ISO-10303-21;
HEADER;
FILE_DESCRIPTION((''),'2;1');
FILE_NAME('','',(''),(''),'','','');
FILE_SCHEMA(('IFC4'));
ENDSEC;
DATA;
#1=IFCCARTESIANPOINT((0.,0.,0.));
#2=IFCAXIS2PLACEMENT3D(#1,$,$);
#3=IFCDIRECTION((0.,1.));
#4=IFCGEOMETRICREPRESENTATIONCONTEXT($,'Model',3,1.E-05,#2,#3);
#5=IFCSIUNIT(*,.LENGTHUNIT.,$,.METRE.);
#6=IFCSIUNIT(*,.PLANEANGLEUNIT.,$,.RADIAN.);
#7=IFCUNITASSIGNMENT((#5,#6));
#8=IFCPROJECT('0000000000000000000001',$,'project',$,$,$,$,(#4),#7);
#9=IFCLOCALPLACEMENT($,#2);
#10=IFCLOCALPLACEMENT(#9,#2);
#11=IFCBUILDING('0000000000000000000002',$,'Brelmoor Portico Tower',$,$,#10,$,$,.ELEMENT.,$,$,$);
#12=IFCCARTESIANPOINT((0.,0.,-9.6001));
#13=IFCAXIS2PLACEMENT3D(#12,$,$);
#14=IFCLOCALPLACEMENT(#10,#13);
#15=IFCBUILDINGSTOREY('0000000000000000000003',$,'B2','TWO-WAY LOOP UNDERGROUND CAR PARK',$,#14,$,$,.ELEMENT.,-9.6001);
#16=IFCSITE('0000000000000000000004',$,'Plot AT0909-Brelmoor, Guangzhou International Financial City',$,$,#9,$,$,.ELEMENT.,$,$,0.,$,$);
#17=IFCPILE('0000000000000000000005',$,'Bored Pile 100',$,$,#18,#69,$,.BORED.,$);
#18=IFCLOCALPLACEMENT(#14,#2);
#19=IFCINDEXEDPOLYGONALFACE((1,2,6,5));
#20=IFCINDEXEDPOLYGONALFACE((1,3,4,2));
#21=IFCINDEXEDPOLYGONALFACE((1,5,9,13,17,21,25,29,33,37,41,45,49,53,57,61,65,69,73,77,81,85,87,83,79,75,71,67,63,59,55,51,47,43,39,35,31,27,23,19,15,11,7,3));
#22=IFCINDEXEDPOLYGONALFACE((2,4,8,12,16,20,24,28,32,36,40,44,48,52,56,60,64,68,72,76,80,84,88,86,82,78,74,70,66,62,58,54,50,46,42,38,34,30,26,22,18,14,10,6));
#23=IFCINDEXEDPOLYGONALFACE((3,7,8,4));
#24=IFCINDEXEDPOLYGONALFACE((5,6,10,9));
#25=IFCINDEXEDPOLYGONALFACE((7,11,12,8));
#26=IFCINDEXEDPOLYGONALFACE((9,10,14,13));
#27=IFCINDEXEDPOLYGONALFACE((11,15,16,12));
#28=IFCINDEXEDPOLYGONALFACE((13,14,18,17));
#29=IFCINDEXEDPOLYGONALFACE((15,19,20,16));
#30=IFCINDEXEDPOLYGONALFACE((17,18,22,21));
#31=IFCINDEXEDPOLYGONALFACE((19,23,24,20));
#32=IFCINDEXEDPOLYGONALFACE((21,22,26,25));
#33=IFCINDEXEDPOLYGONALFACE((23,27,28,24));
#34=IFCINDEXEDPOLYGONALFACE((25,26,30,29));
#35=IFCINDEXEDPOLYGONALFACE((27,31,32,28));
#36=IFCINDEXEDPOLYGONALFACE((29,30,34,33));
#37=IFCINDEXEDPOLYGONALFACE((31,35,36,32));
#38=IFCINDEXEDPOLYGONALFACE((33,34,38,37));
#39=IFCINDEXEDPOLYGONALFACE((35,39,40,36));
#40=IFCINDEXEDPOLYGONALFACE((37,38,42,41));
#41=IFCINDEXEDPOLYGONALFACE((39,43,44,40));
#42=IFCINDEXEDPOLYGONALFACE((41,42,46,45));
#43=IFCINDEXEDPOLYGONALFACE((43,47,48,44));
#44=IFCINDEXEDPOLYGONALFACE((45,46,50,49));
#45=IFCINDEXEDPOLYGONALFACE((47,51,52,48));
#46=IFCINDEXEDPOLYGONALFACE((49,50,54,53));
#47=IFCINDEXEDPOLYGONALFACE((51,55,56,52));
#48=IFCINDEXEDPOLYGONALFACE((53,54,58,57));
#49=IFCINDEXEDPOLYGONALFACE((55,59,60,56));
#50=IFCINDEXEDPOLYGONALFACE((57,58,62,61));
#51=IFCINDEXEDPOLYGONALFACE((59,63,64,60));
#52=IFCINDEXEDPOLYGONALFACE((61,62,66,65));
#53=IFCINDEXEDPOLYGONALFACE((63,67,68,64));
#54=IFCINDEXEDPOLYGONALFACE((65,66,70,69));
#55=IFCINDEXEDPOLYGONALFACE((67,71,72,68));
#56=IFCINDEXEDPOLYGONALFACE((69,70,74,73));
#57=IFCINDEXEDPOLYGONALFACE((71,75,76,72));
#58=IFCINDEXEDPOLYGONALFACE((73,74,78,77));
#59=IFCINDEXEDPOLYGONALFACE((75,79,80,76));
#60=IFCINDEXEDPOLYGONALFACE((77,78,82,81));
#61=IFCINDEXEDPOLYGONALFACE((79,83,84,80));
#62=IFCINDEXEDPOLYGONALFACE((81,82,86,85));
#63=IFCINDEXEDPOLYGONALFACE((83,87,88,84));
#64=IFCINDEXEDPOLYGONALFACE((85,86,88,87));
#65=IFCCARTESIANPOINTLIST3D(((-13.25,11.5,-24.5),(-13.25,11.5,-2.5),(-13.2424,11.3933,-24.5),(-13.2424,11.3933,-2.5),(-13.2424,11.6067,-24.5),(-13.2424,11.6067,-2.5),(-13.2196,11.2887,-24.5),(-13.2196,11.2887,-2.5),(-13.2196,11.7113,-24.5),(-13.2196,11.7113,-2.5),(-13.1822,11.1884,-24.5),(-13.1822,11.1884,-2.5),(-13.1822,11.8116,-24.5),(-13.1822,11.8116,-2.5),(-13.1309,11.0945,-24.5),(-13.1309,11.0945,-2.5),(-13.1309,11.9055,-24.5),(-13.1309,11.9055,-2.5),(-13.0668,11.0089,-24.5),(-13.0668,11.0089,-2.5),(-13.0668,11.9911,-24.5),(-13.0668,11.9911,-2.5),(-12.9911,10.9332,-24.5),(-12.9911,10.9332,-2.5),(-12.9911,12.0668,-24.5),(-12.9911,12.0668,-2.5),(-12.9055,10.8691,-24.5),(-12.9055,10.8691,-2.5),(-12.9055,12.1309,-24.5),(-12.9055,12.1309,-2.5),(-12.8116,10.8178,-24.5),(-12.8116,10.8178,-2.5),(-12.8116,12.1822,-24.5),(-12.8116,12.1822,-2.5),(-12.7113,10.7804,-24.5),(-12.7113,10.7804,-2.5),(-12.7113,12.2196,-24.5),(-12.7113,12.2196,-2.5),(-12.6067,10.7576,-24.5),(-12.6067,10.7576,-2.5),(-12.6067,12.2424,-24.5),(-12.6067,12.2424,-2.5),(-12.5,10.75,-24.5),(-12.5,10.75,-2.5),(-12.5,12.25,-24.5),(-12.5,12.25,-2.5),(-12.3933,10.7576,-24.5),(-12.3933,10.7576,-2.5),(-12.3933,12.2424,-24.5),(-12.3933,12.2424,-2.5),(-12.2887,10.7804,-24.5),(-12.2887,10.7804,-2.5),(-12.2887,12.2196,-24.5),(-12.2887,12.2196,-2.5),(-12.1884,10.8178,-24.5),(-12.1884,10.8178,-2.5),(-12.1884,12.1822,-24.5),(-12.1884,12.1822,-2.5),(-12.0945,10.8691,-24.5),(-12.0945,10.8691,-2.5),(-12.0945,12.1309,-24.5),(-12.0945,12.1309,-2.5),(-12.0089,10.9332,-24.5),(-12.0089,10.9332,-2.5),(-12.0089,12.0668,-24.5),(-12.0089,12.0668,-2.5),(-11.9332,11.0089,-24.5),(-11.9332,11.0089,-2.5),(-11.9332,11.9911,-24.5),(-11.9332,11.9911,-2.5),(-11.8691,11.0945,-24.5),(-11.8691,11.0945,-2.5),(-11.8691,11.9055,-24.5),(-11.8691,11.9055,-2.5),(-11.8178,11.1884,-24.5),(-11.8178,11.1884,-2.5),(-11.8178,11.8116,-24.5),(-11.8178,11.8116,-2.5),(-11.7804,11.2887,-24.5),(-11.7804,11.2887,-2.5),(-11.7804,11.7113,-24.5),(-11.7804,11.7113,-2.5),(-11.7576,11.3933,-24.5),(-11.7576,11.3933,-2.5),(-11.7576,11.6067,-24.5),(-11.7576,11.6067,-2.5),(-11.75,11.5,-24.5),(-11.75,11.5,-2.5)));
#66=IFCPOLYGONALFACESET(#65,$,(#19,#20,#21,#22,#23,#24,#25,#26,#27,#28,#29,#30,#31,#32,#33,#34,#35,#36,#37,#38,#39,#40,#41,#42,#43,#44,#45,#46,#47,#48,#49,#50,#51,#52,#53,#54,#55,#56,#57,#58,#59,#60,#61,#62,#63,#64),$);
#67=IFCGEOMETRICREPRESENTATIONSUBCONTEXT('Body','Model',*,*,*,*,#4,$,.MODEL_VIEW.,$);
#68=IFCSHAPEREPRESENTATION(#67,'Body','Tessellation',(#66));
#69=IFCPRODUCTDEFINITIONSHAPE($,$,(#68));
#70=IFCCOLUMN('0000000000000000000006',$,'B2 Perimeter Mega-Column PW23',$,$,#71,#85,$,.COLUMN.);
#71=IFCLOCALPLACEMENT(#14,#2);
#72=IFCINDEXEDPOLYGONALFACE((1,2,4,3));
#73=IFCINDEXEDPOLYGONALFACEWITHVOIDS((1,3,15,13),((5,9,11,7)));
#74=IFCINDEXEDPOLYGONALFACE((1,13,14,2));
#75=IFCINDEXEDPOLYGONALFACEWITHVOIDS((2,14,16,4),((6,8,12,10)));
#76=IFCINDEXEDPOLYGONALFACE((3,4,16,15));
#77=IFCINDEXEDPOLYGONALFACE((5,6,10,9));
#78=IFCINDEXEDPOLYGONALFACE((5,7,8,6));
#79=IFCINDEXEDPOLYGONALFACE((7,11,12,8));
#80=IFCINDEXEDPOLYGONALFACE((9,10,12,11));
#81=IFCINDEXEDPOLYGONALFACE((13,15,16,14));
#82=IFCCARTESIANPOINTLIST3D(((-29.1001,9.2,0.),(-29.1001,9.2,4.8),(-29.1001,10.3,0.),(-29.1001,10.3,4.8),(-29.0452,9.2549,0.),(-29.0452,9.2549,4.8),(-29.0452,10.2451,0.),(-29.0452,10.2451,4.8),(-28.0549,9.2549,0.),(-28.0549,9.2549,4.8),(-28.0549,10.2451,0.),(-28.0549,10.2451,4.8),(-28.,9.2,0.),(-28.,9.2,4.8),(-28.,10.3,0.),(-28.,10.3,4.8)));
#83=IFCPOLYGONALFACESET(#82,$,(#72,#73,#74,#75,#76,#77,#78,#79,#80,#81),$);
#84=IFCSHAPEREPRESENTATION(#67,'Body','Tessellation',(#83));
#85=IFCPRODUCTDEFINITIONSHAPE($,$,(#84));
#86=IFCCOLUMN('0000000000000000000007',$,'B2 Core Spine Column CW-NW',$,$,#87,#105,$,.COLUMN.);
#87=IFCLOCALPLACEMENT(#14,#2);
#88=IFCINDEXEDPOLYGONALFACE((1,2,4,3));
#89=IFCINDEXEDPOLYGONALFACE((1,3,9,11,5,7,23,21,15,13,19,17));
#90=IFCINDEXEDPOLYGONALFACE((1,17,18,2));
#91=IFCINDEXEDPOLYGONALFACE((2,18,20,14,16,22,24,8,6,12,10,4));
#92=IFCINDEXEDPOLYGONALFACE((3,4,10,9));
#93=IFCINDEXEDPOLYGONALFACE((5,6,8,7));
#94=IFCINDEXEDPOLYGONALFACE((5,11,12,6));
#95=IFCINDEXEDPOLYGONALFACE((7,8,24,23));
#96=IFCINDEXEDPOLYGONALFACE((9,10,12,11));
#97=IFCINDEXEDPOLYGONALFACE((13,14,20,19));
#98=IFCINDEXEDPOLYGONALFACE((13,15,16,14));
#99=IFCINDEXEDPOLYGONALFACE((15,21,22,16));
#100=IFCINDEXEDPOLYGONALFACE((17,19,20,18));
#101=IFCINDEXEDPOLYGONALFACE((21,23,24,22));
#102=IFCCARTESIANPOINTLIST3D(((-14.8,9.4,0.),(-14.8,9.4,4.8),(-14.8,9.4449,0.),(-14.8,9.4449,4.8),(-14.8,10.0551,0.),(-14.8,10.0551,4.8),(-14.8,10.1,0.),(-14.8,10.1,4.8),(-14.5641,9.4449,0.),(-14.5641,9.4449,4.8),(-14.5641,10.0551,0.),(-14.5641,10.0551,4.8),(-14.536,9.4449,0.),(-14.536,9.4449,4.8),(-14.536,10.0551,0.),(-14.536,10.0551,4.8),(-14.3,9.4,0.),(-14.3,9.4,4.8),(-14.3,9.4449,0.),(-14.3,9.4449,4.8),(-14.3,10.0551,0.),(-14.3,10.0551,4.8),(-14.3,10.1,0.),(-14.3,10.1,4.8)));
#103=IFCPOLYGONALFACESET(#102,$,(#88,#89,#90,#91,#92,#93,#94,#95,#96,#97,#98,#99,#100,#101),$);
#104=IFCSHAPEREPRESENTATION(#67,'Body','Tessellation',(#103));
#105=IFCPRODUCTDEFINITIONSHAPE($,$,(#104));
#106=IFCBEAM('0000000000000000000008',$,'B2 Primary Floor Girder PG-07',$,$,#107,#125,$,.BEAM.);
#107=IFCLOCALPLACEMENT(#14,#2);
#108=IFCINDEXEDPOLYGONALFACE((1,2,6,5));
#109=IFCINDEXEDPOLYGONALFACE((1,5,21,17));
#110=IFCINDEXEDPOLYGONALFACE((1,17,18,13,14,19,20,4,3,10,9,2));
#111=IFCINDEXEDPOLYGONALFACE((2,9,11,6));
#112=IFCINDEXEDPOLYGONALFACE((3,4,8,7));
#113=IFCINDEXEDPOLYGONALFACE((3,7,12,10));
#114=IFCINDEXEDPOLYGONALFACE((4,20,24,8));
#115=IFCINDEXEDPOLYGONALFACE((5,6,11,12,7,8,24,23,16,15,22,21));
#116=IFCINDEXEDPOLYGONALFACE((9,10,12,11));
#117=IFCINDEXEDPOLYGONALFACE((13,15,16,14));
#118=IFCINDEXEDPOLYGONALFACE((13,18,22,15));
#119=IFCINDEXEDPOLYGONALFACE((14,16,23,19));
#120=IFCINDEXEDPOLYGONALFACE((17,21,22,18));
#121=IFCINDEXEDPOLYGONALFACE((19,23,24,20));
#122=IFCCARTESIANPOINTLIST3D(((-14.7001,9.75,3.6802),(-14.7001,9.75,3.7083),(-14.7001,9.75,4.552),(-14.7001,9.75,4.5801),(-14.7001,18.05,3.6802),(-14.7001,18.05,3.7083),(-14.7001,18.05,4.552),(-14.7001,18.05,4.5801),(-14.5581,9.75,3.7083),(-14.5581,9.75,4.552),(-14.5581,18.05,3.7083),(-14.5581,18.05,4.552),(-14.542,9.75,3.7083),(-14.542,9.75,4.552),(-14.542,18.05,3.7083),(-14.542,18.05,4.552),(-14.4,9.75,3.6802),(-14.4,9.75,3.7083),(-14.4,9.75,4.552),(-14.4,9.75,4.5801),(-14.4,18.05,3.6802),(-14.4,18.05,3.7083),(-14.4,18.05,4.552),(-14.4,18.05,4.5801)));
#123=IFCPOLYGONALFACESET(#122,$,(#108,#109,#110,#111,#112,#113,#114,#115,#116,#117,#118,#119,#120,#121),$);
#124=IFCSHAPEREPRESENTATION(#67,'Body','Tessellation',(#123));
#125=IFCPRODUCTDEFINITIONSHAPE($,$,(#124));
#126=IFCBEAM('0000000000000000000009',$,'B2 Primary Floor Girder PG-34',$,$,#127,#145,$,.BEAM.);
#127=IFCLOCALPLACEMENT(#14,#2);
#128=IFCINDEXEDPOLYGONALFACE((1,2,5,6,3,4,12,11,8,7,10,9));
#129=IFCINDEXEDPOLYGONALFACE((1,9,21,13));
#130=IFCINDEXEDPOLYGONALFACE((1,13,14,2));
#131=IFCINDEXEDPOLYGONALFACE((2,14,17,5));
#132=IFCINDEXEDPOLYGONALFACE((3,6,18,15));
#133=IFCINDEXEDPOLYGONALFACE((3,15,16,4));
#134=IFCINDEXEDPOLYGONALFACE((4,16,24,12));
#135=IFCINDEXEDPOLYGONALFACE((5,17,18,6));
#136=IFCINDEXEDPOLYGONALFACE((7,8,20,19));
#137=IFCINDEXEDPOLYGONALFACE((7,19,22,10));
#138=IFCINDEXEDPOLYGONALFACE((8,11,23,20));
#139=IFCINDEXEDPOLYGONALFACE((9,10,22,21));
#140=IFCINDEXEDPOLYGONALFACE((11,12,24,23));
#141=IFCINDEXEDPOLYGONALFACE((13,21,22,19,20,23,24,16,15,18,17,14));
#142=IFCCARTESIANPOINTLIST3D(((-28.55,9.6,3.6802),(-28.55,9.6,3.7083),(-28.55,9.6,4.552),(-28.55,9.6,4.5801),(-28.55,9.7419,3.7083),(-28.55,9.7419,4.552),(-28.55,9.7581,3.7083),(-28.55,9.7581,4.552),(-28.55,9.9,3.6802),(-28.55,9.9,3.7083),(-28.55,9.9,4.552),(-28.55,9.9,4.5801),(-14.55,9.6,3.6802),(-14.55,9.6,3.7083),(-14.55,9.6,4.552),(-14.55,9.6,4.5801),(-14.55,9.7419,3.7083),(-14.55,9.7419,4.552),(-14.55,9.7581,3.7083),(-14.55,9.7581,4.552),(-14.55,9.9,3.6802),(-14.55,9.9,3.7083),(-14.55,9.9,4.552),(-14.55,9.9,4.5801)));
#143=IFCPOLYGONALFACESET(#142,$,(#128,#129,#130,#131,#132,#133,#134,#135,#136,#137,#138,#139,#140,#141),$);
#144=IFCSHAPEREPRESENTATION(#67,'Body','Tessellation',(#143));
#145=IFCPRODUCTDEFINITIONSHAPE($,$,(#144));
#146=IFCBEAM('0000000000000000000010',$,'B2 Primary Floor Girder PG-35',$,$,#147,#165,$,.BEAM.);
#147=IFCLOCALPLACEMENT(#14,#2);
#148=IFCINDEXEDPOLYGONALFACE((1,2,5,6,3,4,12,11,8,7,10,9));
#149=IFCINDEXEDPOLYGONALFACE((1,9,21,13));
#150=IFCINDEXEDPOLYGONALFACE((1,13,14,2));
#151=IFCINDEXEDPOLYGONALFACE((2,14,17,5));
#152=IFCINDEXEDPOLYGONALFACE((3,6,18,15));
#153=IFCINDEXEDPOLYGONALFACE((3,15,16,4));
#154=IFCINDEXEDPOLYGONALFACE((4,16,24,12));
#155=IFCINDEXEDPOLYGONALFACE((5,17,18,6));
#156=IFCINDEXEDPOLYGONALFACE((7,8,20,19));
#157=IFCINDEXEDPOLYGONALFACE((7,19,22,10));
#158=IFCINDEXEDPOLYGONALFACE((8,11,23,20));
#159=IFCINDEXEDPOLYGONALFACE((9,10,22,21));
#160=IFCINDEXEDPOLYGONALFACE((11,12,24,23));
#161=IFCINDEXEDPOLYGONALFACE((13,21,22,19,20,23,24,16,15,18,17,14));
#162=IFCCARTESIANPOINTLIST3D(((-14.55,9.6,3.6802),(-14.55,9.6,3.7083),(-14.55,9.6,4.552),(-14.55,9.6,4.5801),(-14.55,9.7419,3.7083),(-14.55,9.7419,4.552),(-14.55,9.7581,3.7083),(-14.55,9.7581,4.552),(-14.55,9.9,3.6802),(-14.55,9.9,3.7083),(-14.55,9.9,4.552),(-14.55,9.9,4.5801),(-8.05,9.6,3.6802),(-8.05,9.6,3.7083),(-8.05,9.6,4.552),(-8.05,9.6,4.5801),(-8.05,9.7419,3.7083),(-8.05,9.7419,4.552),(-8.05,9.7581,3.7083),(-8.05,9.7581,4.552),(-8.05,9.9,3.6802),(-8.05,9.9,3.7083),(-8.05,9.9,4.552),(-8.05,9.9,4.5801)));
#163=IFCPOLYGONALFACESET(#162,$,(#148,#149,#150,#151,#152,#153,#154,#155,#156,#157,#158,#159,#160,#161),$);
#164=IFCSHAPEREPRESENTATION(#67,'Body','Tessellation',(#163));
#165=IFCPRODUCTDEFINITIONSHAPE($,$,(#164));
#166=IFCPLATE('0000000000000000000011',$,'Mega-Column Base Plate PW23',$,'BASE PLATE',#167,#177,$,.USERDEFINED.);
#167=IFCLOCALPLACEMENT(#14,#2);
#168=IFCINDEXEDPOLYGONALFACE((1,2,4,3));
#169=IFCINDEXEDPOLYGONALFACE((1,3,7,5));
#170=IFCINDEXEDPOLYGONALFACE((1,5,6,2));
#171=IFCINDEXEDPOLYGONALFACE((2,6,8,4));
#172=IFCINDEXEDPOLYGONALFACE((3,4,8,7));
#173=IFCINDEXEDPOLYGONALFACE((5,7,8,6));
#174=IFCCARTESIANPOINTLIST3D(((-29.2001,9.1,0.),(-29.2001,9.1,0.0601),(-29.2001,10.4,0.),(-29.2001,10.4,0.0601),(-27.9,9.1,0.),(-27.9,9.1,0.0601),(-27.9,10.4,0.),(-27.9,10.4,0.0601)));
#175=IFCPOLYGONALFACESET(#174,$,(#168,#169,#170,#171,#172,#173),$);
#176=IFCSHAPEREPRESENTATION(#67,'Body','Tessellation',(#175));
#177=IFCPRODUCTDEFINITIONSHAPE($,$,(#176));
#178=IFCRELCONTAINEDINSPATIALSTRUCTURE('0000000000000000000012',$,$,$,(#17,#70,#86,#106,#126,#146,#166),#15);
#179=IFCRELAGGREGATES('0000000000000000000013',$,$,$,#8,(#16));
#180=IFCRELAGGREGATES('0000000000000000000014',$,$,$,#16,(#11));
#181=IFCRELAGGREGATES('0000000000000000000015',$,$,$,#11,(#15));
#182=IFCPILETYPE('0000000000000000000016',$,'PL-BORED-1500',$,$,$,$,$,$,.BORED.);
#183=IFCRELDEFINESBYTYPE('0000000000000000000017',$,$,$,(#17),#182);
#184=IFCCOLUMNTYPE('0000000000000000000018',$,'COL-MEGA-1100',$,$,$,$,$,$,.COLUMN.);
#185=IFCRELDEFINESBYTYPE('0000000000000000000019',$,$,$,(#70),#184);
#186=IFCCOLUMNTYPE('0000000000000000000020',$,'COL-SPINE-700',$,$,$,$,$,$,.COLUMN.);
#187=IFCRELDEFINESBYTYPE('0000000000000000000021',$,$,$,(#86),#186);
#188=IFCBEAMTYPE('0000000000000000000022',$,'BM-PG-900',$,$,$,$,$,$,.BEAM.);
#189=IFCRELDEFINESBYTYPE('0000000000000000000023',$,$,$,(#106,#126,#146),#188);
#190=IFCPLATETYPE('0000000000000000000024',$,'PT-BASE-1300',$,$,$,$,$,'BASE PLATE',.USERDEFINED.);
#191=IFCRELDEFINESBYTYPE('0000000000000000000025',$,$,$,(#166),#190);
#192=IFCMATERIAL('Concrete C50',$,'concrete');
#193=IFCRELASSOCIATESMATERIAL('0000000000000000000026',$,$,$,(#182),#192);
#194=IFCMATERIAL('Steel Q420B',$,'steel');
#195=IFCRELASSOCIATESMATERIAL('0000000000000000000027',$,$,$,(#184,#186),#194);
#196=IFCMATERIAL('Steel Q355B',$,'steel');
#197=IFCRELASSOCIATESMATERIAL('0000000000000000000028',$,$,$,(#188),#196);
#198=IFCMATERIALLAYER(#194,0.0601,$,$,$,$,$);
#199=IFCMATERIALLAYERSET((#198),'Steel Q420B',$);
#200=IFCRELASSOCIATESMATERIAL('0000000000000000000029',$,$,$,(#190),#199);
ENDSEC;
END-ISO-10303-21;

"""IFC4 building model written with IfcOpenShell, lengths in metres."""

from ifc_helpers import new_model, si_unit, direction, frame, origin, origin_2d, place, context, subcontext, project, spatial, rectangle, hollow_rectangle, circle, i_section, extrude, material, layer, layer_set, material_profile, profile_set, type_object, element, save


model = new_model("IFC4")

# Units and contexts
model_context = context("Model", 3, precision=1e-05, world=origin(), true_north=direction((0.0, 1.0)))
body_context = subcontext(model_context, "Body", "Model", "MODEL_VIEW")
ifc_project = project(units=[si_unit("LENGTHUNIT", "METRE"), si_unit("PLANEANGLEUNIT", "RADIAN")], contexts=[model_context])

# Site, building, storey
site_placement = place(None, origin())
site = spatial("IfcSite", under=ifc_project, at=site_placement, Name="Plot AT0909-Brelmoor, Guangzhou International Financial City", CompositionType="ELEMENT", RefElevation=0.0)
building_placement = place(site_placement, origin())
building = spatial("IfcBuilding", under=site, at=building_placement, Name="Brelmoor Portico Tower", CompositionType="ELEMENT")
storey_placement = place(building_placement, frame((0.0, 0.0, -9.6001)))
storey = spatial("IfcBuildingStorey", under=building, at=storey_placement, Name="B2", Description="TWO-WAY LOOP UNDERGROUND CAR PARK", CompositionType="ELEMENT", Elevation=-9.6001)

# Pile
ifc_material_1 = material(Name="Concrete C50", Category="concrete")
ifc_material_profile_1 = material_profile(ifc_material_1, circle(Radius=0.75, at=origin_2d()), Name="BORED PILE D1500")
ifc_profile_set_1 = profile_set([ifc_material_profile_1], Name="Concrete C50")
pile_type_1 = type_object("IfcPileType", Name="PL-BORED-1500", PredefinedType="BORED", material=ifc_profile_set_1)
for number, where, z_axis, x_axis, name in (
    (1, (-12.5, 11.5, -2.5), (0.0, 0.0, -1.0), (1.0, 0.0, 0.0), "Bored Pile 100"),
):
    element("IfcPile", number, at=place(storey_placement, frame(where, z_axis=z_axis, x_axis=x_axis)), inside=storey, type_object=pile_type_1, Name=name, PredefinedType="BORED", context=body_context, shape_type="SweptSolid", body=[
        extrude(circle(Radius=0.75, at=origin_2d()), origin(), (0.0, 0.0, 1.0), 22.0),
    ])

# Columns
ifc_material_2 = material(Name="Steel Q420B", Category="steel")
ifc_material_profile_2 = material_profile(ifc_material_2, hollow_rectangle(XDim=1.1001, YDim=1.1001, WallThickness=0.0549, at=origin_2d()), Name="BOX 1100x1100x55")
ifc_profile_set_2 = profile_set([ifc_material_profile_2], Name="Steel Q420B")
column_type_1 = type_object("IfcColumnType", Name="COL-MEGA-1100", PredefinedType="COLUMN", material=ifc_profile_set_2)
column_1_placement = place(storey_placement, frame((-28.55, 9.75, 0.0), z_axis=(0.0, 0.0, 1.0), x_axis=(0.0, 1.0, 0.0)))
element("IfcColumn", 2, at=column_1_placement, inside=storey, type_object=column_type_1, Name="B2 Perimeter Mega-Column PW23", PredefinedType="COLUMN", context=body_context, shape_type="SweptSolid", body=[
    extrude(hollow_rectangle(XDim=1.1001, YDim=1.1001, WallThickness=0.0549, at=origin_2d()), origin(), (0.0, 0.0, 1.0), 4.8),
])
ifc_material_profile_3 = material_profile(ifc_material_2, i_section(OverallWidth=0.5, OverallDepth=0.7, WebThickness=0.0281, FlangeThickness=0.0449, at=origin_2d()), Name="HW 700x500x28x45")
ifc_profile_set_3 = profile_set([ifc_material_profile_3], Name="Steel Q420B")
column_type_2 = type_object("IfcColumnType", Name="COL-SPINE-700", PredefinedType="COLUMN", material=ifc_profile_set_3)
column_2_placement = place(storey_placement, frame((-14.55, 9.75, 0.0), z_axis=(0.0, 0.0, 1.0), x_axis=(1.0, 0.0, 0.0)))
element("IfcColumn", 3, at=column_2_placement, inside=storey, type_object=column_type_2, Name="B2 Core Spine Column CW-NW", PredefinedType="COLUMN", context=body_context, shape_type="SweptSolid", body=[
    extrude(i_section(OverallWidth=0.5, OverallDepth=0.7, WebThickness=0.0281, FlangeThickness=0.0449, at=origin_2d()), origin(), (0.0, 0.0, 1.0), 4.8),
])

# Beams
ifc_material_3 = material(Name="Steel Q355B", Category="steel")
ifc_material_profile_4 = material_profile(ifc_material_3, i_section(OverallWidth=0.3, OverallDepth=0.8999, WebThickness=0.0161, FlangeThickness=0.0281, at=origin_2d()), Name="HN 900x300x16x28")
ifc_profile_set_4 = profile_set([ifc_material_profile_4], Name="Steel Q355B")
beam_type = type_object("IfcBeamType", Name="BM-PG-900", PredefinedType="BEAM", material=ifc_profile_set_4)
beam_1_placement = place(storey_placement, frame((-14.55, 9.75, 4.1301), z_axis=(0.0, 1.0, 0.0), x_axis=(-1.0, 0.0, 0.0)))
element("IfcBeam", 4, at=beam_1_placement, inside=storey, type_object=beam_type, Name="B2 Primary Floor Girder PG-07", PredefinedType="BEAM", context=body_context, shape_type="SweptSolid", body=[
    extrude(i_section(OverallWidth=0.3, OverallDepth=0.8999, WebThickness=0.0161, FlangeThickness=0.0281, at=origin_2d()), origin(), (0.0, 0.0, 1.0), 8.3),
])
beam_2_placement = place(storey_placement, frame((-28.55, 9.75, 4.1301), z_axis=(1.0, 0.0, 0.0), x_axis=(0.0, 1.0, 0.0)))
element("IfcBeam", 5, at=beam_2_placement, inside=storey, type_object=beam_type, Name="B2 Primary Floor Girder PG-34", PredefinedType="BEAM", context=body_context, shape_type="SweptSolid", body=[
    extrude(i_section(OverallWidth=0.3, OverallDepth=0.8999, WebThickness=0.0161, FlangeThickness=0.0281, at=origin_2d()), origin(), (0.0, 0.0, 1.0), 14.0),
])
beam_3_placement = place(storey_placement, frame((-14.55, 9.75, 4.1301), z_axis=(1.0, 0.0, 0.0), x_axis=(0.0, 1.0, 0.0)))
element("IfcBeam", 6, at=beam_3_placement, inside=storey, type_object=beam_type, Name="B2 Primary Floor Girder PG-35", PredefinedType="BEAM", context=body_context, shape_type="SweptSolid", body=[
    extrude(i_section(OverallWidth=0.3, OverallDepth=0.8999, WebThickness=0.0161, FlangeThickness=0.0281, at=origin_2d()), origin(), (0.0, 0.0, 1.0), 6.5),
])

# Plate
ifc_layer_1 = layer(ifc_material_2, 0.0601)
ifc_layer_set_1 = layer_set([ifc_layer_1], Name="Steel Q420B")
plate_type = type_object("IfcPlateType", Name="PT-BASE-1300", ElementType="BASE PLATE", PredefinedType="USERDEFINED", material=ifc_layer_set_1)
plate_placement = place(storey_placement, frame((-28.55, 9.75, 0.0), z_axis=(0.0, 0.0, 1.0), x_axis=(1.0, 0.0, 0.0)))
element("IfcPlate", 7, at=plate_placement, inside=storey, type_object=plate_type, Name="Mega-Column Base Plate PW23", ObjectType="BASE PLATE", PredefinedType="USERDEFINED", context=body_context, shape_type="SweptSolid", body=[
    extrude(rectangle(XDim=1.3, YDim=1.3, at=origin_2d()), origin(), (0.0, 0.0, 1.0), 0.0601),
])

save(model, "model.ifc")
